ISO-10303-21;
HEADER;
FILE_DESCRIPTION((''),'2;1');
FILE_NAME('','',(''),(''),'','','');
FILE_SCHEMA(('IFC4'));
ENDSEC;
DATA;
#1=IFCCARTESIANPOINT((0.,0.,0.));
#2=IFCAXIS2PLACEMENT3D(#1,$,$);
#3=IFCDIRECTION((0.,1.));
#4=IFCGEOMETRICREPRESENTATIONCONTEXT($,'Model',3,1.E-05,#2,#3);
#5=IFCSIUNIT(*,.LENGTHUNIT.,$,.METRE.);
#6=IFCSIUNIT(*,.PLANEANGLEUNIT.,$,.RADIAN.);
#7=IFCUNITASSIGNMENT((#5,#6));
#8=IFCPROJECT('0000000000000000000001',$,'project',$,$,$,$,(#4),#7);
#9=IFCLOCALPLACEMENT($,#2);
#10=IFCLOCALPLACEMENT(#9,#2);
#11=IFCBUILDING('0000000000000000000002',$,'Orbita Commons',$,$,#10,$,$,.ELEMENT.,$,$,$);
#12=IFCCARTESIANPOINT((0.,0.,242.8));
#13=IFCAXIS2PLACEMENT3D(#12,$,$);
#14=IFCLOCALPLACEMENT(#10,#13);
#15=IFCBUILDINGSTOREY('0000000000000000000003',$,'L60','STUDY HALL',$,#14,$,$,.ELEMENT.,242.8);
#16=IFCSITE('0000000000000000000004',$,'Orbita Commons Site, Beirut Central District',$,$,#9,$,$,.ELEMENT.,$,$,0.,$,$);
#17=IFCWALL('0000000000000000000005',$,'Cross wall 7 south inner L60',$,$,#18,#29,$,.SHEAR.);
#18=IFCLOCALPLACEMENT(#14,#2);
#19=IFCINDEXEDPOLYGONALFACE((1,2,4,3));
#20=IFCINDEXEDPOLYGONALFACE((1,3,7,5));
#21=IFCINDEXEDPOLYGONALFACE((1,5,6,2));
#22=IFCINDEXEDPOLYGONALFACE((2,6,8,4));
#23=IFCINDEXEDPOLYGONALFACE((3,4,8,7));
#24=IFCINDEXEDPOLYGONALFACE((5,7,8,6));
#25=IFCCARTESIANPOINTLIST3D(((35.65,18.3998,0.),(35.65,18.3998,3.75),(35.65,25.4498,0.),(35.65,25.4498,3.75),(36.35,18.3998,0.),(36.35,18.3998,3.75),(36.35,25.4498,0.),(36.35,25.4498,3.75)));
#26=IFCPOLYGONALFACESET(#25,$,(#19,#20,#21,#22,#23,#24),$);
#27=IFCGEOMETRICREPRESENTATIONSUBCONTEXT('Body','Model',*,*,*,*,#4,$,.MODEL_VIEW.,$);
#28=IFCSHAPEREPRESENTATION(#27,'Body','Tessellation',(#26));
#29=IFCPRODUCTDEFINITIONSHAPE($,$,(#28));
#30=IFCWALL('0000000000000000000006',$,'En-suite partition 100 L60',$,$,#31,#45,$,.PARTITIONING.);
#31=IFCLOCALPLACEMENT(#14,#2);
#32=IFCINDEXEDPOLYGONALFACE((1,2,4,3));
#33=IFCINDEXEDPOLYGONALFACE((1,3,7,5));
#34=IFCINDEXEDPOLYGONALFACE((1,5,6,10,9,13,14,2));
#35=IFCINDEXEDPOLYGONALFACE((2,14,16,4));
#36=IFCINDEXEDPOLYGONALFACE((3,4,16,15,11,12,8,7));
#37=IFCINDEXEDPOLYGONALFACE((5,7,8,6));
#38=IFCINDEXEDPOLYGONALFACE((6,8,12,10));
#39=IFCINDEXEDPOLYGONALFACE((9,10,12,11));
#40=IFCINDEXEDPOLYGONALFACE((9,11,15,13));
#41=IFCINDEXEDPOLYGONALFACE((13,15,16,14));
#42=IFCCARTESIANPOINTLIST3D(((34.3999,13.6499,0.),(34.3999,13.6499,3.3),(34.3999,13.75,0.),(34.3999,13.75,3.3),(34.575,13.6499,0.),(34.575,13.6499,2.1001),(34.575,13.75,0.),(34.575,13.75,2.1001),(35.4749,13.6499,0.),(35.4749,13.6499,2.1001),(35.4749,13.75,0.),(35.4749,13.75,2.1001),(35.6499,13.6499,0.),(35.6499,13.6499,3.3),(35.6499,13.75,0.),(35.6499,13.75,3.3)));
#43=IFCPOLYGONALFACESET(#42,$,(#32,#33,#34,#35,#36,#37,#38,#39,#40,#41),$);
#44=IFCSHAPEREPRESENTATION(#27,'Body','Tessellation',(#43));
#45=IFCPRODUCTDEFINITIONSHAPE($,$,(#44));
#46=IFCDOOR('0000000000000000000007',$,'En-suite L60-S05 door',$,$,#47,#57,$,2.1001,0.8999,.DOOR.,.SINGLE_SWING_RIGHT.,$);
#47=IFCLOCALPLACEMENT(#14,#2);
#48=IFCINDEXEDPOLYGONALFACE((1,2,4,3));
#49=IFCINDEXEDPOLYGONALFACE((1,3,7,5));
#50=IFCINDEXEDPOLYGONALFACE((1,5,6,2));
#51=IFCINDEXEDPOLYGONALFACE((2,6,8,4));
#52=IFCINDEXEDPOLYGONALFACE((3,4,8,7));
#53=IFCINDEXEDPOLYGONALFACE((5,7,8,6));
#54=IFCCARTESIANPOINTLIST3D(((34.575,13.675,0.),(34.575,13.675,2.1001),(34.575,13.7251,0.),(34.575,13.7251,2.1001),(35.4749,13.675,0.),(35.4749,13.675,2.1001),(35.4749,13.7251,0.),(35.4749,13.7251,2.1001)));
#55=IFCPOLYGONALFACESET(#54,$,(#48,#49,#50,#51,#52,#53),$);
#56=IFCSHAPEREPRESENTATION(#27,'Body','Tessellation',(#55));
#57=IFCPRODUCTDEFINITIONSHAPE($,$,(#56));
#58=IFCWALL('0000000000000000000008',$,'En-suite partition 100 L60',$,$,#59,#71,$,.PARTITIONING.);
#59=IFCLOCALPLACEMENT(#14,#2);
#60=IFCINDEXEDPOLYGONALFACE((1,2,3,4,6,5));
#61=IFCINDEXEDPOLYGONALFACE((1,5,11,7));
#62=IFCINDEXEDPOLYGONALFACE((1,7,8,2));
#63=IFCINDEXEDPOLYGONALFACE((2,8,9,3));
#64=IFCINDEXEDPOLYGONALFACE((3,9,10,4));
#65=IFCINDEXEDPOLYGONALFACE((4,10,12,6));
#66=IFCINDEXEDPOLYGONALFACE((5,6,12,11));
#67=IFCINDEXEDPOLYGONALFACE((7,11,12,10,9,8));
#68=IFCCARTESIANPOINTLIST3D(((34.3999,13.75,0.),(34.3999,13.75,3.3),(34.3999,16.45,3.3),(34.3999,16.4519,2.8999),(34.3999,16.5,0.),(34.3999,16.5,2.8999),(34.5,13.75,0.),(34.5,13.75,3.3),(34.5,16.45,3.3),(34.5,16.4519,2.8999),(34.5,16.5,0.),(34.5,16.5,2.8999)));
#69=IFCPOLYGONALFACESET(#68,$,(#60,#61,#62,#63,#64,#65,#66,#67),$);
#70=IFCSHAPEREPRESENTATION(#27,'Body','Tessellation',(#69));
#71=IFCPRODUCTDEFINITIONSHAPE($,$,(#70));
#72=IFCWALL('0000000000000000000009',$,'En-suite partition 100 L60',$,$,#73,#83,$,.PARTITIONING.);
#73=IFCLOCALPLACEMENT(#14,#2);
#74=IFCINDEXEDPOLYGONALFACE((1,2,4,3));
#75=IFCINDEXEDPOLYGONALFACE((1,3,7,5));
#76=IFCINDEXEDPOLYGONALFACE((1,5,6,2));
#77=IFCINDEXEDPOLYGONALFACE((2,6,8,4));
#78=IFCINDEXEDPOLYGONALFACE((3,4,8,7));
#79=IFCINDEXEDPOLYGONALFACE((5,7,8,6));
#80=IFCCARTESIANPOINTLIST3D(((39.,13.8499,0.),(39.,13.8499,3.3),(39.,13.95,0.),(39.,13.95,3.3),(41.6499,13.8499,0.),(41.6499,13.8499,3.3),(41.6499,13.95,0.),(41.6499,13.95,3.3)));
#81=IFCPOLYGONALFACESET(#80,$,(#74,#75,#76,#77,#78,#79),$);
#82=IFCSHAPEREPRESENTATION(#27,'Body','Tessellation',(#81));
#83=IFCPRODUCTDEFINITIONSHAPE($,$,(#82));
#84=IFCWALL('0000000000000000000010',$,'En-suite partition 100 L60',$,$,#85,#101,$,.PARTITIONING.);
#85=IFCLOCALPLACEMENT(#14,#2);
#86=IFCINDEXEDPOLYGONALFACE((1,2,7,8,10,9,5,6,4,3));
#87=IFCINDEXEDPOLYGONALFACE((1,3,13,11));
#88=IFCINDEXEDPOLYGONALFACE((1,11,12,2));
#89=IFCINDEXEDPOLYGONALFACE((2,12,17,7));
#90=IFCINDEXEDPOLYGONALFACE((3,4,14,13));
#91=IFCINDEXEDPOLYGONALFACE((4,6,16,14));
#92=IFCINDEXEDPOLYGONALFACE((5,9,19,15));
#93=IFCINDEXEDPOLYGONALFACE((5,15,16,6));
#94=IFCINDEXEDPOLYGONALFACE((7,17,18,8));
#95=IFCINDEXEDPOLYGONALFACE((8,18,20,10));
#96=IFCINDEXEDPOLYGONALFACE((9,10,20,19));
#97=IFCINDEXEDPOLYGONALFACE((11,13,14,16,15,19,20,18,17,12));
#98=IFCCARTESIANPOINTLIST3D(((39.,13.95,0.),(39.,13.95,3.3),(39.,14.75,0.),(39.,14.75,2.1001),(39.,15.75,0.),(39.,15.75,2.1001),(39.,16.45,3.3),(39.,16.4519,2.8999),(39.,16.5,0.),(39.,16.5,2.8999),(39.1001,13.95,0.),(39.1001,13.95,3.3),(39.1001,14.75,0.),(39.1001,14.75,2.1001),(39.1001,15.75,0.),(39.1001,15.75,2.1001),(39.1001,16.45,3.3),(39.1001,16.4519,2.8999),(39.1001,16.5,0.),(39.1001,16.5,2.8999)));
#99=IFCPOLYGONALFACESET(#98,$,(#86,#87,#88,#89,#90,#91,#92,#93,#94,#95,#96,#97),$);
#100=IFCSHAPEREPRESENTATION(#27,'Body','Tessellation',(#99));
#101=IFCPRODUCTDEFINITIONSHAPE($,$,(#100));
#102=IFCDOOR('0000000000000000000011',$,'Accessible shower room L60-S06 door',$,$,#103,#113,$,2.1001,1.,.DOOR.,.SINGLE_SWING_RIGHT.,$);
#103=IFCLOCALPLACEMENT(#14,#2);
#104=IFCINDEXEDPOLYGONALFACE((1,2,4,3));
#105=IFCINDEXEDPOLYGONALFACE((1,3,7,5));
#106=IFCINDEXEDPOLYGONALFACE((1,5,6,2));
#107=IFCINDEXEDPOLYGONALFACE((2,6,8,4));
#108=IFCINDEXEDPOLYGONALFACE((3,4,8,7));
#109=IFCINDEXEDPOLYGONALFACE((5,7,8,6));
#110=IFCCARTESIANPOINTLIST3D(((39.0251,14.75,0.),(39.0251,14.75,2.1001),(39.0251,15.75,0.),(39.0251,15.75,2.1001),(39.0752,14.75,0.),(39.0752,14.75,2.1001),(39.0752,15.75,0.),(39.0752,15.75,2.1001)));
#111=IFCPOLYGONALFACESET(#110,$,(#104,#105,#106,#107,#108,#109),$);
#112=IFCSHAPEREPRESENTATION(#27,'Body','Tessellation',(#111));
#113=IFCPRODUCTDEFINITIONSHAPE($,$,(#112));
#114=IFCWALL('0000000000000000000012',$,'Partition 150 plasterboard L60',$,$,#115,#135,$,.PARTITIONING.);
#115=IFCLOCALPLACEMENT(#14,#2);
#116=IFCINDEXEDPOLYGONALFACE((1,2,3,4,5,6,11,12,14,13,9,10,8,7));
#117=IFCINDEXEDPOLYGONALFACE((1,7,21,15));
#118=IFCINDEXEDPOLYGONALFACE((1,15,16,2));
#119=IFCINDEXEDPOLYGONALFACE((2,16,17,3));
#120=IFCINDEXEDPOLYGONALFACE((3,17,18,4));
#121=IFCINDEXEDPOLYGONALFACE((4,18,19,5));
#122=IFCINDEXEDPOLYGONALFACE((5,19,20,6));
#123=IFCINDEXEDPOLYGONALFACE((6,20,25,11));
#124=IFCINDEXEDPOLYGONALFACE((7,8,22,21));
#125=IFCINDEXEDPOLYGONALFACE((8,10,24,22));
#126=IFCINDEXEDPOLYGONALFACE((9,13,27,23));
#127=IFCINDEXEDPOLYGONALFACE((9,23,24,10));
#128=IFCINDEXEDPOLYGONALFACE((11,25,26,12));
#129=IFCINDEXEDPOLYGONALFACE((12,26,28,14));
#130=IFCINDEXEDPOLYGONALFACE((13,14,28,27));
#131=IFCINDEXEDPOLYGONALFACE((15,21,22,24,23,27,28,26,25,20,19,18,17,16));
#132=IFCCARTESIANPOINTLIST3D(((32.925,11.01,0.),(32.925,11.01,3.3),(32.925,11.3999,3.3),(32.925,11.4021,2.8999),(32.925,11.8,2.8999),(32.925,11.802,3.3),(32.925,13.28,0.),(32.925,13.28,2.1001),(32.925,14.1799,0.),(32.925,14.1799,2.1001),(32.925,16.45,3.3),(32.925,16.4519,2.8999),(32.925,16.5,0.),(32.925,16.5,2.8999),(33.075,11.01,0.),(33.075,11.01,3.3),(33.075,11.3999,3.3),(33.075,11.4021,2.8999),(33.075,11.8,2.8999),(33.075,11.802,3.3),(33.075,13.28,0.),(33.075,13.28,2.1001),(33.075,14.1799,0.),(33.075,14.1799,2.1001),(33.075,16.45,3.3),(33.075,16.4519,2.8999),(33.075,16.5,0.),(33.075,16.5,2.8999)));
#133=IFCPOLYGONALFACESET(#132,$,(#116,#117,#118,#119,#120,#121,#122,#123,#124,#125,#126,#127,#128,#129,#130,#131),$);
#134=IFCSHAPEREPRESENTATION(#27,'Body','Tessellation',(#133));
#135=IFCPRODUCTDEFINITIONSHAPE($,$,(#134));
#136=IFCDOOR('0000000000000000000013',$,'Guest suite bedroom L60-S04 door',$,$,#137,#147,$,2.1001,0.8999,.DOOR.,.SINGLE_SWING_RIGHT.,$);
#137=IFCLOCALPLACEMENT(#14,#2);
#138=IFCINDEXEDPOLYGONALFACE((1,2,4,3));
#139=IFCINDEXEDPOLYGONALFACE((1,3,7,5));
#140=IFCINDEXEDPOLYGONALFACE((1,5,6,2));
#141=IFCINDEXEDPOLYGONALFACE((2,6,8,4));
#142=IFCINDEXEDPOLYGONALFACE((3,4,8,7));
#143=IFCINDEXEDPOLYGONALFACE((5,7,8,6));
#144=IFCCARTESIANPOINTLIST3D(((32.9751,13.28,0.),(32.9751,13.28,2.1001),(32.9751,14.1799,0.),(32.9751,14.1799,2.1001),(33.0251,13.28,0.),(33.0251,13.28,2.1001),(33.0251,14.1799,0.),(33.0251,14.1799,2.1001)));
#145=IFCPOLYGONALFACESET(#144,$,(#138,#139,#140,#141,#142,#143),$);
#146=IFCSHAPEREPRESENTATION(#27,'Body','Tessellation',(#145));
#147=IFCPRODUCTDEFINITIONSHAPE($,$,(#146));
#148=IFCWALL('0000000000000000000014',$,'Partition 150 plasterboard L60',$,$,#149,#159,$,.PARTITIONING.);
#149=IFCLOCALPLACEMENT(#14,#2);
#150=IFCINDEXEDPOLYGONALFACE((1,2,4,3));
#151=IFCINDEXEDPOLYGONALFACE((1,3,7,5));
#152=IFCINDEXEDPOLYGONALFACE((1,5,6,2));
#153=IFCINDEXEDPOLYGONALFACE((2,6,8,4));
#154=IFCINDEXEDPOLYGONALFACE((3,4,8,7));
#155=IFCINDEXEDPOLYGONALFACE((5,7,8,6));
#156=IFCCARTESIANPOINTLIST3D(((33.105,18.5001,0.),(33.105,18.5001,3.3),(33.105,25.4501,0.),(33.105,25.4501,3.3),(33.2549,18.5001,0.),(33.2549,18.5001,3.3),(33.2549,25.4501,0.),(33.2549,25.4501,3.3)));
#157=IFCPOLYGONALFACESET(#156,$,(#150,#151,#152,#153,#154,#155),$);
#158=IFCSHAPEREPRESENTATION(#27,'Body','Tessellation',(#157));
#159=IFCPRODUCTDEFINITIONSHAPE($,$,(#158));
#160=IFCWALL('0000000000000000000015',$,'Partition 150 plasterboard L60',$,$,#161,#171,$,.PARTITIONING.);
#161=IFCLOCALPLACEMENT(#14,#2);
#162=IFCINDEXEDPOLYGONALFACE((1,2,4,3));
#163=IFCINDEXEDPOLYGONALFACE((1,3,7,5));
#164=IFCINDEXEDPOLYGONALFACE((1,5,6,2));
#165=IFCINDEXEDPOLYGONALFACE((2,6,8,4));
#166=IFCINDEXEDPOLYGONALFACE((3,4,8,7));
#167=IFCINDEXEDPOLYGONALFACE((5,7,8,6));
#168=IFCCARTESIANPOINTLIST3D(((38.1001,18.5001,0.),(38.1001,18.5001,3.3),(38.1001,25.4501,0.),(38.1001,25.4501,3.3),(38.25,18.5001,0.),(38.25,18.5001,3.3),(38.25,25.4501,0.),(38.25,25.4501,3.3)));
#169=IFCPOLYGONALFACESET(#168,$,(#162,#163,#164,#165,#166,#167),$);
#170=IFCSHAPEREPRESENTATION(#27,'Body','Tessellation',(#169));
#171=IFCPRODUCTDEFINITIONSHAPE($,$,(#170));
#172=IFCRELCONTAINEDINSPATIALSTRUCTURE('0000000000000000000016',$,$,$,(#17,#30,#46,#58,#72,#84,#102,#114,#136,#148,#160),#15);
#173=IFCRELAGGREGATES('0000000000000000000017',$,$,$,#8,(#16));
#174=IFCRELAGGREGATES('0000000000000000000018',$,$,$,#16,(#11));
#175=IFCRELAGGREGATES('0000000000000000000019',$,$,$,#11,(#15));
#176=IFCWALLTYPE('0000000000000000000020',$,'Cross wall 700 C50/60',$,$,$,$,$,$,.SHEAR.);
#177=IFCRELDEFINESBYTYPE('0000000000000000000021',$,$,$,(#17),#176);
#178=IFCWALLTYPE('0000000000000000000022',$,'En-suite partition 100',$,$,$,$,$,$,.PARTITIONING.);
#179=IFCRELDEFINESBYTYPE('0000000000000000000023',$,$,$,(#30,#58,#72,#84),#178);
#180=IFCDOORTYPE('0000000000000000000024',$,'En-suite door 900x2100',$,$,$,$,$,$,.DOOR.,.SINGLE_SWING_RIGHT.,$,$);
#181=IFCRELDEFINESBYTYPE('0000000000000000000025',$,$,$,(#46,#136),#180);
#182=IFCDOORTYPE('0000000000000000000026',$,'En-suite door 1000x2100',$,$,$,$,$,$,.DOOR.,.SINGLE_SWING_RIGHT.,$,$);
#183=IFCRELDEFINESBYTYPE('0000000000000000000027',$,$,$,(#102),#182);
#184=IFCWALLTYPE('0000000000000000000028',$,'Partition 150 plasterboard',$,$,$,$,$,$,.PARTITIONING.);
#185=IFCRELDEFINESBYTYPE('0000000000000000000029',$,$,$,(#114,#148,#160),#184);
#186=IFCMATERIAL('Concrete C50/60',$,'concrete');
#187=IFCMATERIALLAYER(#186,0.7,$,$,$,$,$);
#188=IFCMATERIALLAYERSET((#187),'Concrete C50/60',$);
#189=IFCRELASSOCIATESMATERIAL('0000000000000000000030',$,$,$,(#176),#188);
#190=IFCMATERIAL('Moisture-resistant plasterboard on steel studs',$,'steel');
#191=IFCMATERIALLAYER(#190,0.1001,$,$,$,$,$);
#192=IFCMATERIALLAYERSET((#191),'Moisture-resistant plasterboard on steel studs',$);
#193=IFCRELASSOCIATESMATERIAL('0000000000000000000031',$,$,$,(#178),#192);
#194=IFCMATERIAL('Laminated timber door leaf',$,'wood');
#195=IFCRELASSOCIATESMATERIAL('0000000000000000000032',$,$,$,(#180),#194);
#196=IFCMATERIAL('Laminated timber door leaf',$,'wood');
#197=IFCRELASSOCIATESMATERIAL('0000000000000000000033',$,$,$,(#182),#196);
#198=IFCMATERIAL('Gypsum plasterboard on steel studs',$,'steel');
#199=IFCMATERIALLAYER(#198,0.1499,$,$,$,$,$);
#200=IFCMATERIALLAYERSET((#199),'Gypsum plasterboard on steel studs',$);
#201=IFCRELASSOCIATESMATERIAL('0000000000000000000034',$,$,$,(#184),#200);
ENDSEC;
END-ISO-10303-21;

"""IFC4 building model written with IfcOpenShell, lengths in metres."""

from ifc_helpers import new_model, si_unit, direction, frame, frame_2d, origin, place, context, subcontext, project, spatial, polyline, rectangle, outline, extrude, material, layer, layer_set, type_object, element, fill, save


model = new_model("IFC4")

# Units and contexts
model_context = context("Model", 3, precision=1e-05, world=origin(), true_north=direction((0.0, 1.0)))
body_context = subcontext(model_context, "Body", "Model", "MODEL_VIEW")
ifc_project = project(units=[si_unit("LENGTHUNIT", "METRE"), si_unit("PLANEANGLEUNIT", "RADIAN")], contexts=[model_context])

# Site, building, storey
site_placement = place(None, origin())
site = spatial("IfcSite", under=ifc_project, at=site_placement, Name="Orbita Commons Site, Beirut Central District", CompositionType="ELEMENT", RefElevation=0.0)
building_placement = place(site_placement, origin())
building = spatial("IfcBuilding", under=site, at=building_placement, Name="Orbita Commons", CompositionType="ELEMENT")
storey_placement = place(building_placement, frame((0.0, 0.0, 242.8)))
storey = spatial("IfcBuildingStorey", under=building, at=storey_placement, Name="L60", Description="STUDY HALL", CompositionType="ELEMENT", Elevation=242.8)

# Wall
ifc_material_1 = material(Name="Concrete C50/60", Category="concrete")
ifc_layer_1 = layer(ifc_material_1, 0.7)
ifc_layer_set_1 = layer_set([ifc_layer_1], Name="Concrete C50/60")
wall_type_1 = type_object("IfcWallType", Name="Cross wall 700 C50/60", PredefinedType="SHEAR", material=ifc_layer_set_1)
wall_1_placement = place(storey_placement, frame((36.0, 18.3999, 0.0), z_axis=(0.0, 0.0, 1.0), x_axis=(0.0, 1.0, 0.0)))
element("IfcWall", 1, at=wall_1_placement, inside=storey, type_object=wall_type_1, Name="Cross wall 7 south inner L60", PredefinedType="SHEAR", context=body_context, shape_type="SweptSolid", body=[
    extrude(rectangle(XDim=7.05, YDim=0.7, at=frame_2d((3.5249, 0.0))), origin(), (0.0, 0.0, 1.0), 3.75),
])

# Wall, opening, door
ifc_material_2 = material(Name="Moisture-resistant plasterboard on steel studs", Category="steel")
ifc_layer_2 = layer(ifc_material_2, 0.1001)
ifc_layer_set_2 = layer_set([ifc_layer_2], Name="Moisture-resistant plasterboard on steel studs")
wall_type_2 = type_object("IfcWallType", Name="En-suite partition 100", PredefinedType="PARTITIONING", material=ifc_layer_set_2)
wall_2_placement = place(storey_placement, frame((35.6499, 13.7, 0.0), z_axis=(0.0, 0.0, 1.0), x_axis=(-1.0, 0.0, 0.0)))
wall_2 = element("IfcWall", 2, at=wall_2_placement, inside=storey, type_object=wall_type_2, Name="En-suite partition 100 L60", PredefinedType="PARTITIONING", context=body_context, shape_type="SweptSolid", body=[
    extrude(rectangle(XDim=1.25, YDim=0.1001, at=frame_2d((0.625, 0.0))), origin(), (0.0, 0.0, 1.0), 3.3),
])
opening_1_placement = place(wall_2_placement, frame((0.175, 0.0, 0.0)))
opening_1 = element("IfcOpeningElement", 3, at=opening_1_placement, cuts=wall_2, PredefinedType="OPENING", context=body_context, shape_type="SweptSolid", body=[
    extrude(rectangle(XDim=0.8999, YDim=2.1001, at=frame_2d((0.45, 1.05))), frame((0.0, 0.0601, 0.0), z_axis=(0.0, -1.0, 0.0), x_axis=(1.0, 0.0, 0.0)), (0.0, 0.0, 1.0), 0.1201),
])
ifc_material_3 = material(Name="Laminated timber door leaf", Category="wood")
door_type_1 = type_object("IfcDoorType", Name="En-suite door 900x2100", OperationType="SINGLE_SWING_RIGHT", PredefinedType="DOOR", material=ifc_material_3)
door_1_placement = place(opening_1_placement, origin())
door_1 = element("IfcDoor", 4, at=door_1_placement, inside=storey, type_object=door_type_1, Name="En-suite L60-S05 door", OperationType="SINGLE_SWING_RIGHT", OverallHeight=2.1001, OverallWidth=0.8999, PredefinedType="DOOR", context=body_context, shape_type="SweptSolid", body=[
    extrude(rectangle(XDim=0.8999, YDim=2.1001, at=frame_2d((0.45, 1.05))), frame((0.0, 0.0249, 0.0), z_axis=(0.0, -1.0, 0.0), x_axis=(1.0, 0.0, 0.0)), (0.0, 0.0, 1.0), 0.05),
])
fill(opening_1, door_1)

# Walls
wall_3_placement = place(storey_placement, frame((34.45, 13.75, 0.0), z_axis=(0.0, 0.0, 1.0), x_axis=(0.0, 1.0, 0.0)))
element("IfcWall", 5, at=wall_3_placement, inside=storey, type_object=wall_type_2, Name="En-suite partition 100 L60", PredefinedType="PARTITIONING", context=body_context, shape_type="SweptSolid", body=[
    extrude(outline(polyline([(0.0, 0.0), (2.75, 0.0), (2.75, 2.8999), (2.7019, 2.8999), (2.7, 3.3), (0.0, 3.3), (0.0, 0.0)])), frame((0.0, 0.05, 0.0), z_axis=(0.0, -1.0, 0.0), x_axis=(1.0, 0.0, 0.0)), (0.0, 0.0, 1.0), 0.1001),
])
wall_4_placement = place(storey_placement, frame((39.0, 13.8999, 0.0), z_axis=(0.0, 0.0, 1.0), x_axis=(1.0, 0.0, 0.0)))
element("IfcWall", 6, at=wall_4_placement, inside=storey, type_object=wall_type_2, Name="En-suite partition 100 L60", PredefinedType="PARTITIONING", context=body_context, shape_type="SweptSolid", body=[
    extrude(rectangle(XDim=2.6499, YDim=0.1001, at=frame_2d((1.325, 0.0))), origin(), (0.0, 0.0, 1.0), 3.3),
])

# Walls, openings, doors
wall_5_placement = place(storey_placement, frame((39.05, 13.95, 0.0), z_axis=(0.0, 0.0, 1.0), x_axis=(0.0, 1.0, 0.0)))
wall_5 = element("IfcWall", 7, at=wall_5_placement, inside=storey, type_object=wall_type_2, Name="En-suite partition 100 L60", PredefinedType="PARTITIONING", context=body_context, shape_type="SweptSolid", body=[
    extrude(outline(polyline([(0.0, 0.0), (2.55, 0.0), (2.55, 2.8999), (2.502, 2.8999), (2.5, 3.3), (0.0, 3.3), (0.0, 0.0)])), frame((0.0, 0.05, 0.0), z_axis=(0.0, -1.0, 0.0), x_axis=(1.0, 0.0, 0.0)), (0.0, 0.0, 1.0), 0.1001),
])
opening_2_placement = place(wall_5_placement, frame((0.8, 0.0, 0.0)))
opening_2 = element("IfcOpeningElement", 8, at=opening_2_placement, cuts=wall_5, PredefinedType="OPENING", context=body_context, shape_type="SweptSolid", body=[
    extrude(rectangle(XDim=1.0, YDim=2.1001, at=frame_2d((0.5, 1.05))), frame((0.0, 0.0601, 0.0), z_axis=(0.0, -1.0, 0.0), x_axis=(1.0, 0.0, 0.0)), (0.0, 0.0, 1.0), 0.1201),
])
ifc_material_4 = material(Name="Laminated timber door leaf", Category="wood")
door_type_2 = type_object("IfcDoorType", Name="En-suite door 1000x2100", OperationType="SINGLE_SWING_RIGHT", PredefinedType="DOOR", material=ifc_material_4)
door_2_placement = place(opening_2_placement, origin())
door_2 = element("IfcDoor", 9, at=door_2_placement, inside=storey, type_object=door_type_2, Name="Accessible shower room L60-S06 door", OperationType="SINGLE_SWING_RIGHT", OverallHeight=2.1001, OverallWidth=1.0, PredefinedType="DOOR", context=body_context, shape_type="SweptSolid", body=[
    extrude(rectangle(XDim=1.0, YDim=2.1001, at=frame_2d((0.5, 1.05))), frame((0.0, 0.0249, 0.0), z_axis=(0.0, -1.0, 0.0), x_axis=(1.0, 0.0, 0.0)), (0.0, 0.0, 1.0), 0.05),
])
fill(opening_2, door_2)
ifc_material_5 = material(Name="Gypsum plasterboard on steel studs", Category="steel")
ifc_layer_3 = layer(ifc_material_5, 0.1499)
ifc_layer_set_3 = layer_set([ifc_layer_3], Name="Gypsum plasterboard on steel studs")
wall_type_3 = type_object("IfcWallType", Name="Partition 150 plasterboard", PredefinedType="PARTITIONING", material=ifc_layer_set_3)
wall_6_placement = place(storey_placement, frame((33.0, 11.01, 0.0), z_axis=(0.0, 0.0, 1.0), x_axis=(0.0, 1.0, 0.0)))
wall_6 = element("IfcWall", 10, at=wall_6_placement, inside=storey, type_object=wall_type_3, Name="Partition 150 plasterboard L60", PredefinedType="PARTITIONING", context=body_context, shape_type="SweptSolid", body=[
    extrude(outline(polyline([(0.0, 0.0), (5.49, 0.0), (5.49, 2.8999), (5.4419, 2.8999), (5.4399, 3.3), (0.792, 3.3), (0.79, 2.8999), (0.3921, 2.8999), (0.3899, 3.3), (0.0, 3.3), (0.0, 0.0)])), frame((0.0, 0.075, 0.0), z_axis=(0.0, -1.0, 0.0), x_axis=(1.0, 0.0, 0.0)), (0.0, 0.0, 1.0), 0.1499),
])
opening_3_placement = place(wall_6_placement, frame((2.27, 0.0, 0.0)))
opening_3 = element("IfcOpeningElement", 11, at=opening_3_placement, cuts=wall_6, PredefinedType="OPENING", context=body_context, shape_type="SweptSolid", body=[
    extrude(rectangle(XDim=0.8999, YDim=2.1001, at=frame_2d((0.45, 1.05))), frame((0.0, 0.085, 0.0), z_axis=(0.0, -1.0, 0.0), x_axis=(1.0, 0.0, 0.0)), (0.0, 0.0, 1.0), 0.1699),
])
door_3_placement = place(opening_3_placement, origin())
door_3 = element("IfcDoor", 12, at=door_3_placement, inside=storey, type_object=door_type_1, Name="Guest suite bedroom L60-S04 door", OperationType="SINGLE_SWING_RIGHT", OverallHeight=2.1001, OverallWidth=0.8999, PredefinedType="DOOR", context=body_context, shape_type="SweptSolid", body=[
    extrude(rectangle(XDim=0.8999, YDim=2.1001, at=frame_2d((0.45, 1.05))), frame((0.0, 0.0249, 0.0), z_axis=(0.0, -1.0, 0.0), x_axis=(1.0, 0.0, 0.0)), (0.0, 0.0, 1.0), 0.05),
])
fill(opening_3, door_3)

# Walls
for number, where, z_axis, x_axis, name in (
    (13, (33.1799, 18.5, 0.0), (0.0, 0.0, 1.0), (0.0, 1.0, 0.0), "Partition 150 plasterboard L60"),
    (14, (38.175, 18.5, 0.0), (0.0, 0.0, 1.0), (0.0, 1.0, 0.0), "Partition 150 plasterboard L60"),
):
    element("IfcWall", number, at=place(storey_placement, frame(where, z_axis=z_axis, x_axis=x_axis)), inside=storey, type_object=wall_type_3, Name=name, PredefinedType="PARTITIONING", context=body_context, shape_type="SweptSolid", body=[
        extrude(rectangle(XDim=6.95, YDim=0.1499, at=frame_2d((3.4751, 0.0))), origin(), (0.0, 0.0, 1.0), 3.3),
    ])

save(model, "model.ifc")
